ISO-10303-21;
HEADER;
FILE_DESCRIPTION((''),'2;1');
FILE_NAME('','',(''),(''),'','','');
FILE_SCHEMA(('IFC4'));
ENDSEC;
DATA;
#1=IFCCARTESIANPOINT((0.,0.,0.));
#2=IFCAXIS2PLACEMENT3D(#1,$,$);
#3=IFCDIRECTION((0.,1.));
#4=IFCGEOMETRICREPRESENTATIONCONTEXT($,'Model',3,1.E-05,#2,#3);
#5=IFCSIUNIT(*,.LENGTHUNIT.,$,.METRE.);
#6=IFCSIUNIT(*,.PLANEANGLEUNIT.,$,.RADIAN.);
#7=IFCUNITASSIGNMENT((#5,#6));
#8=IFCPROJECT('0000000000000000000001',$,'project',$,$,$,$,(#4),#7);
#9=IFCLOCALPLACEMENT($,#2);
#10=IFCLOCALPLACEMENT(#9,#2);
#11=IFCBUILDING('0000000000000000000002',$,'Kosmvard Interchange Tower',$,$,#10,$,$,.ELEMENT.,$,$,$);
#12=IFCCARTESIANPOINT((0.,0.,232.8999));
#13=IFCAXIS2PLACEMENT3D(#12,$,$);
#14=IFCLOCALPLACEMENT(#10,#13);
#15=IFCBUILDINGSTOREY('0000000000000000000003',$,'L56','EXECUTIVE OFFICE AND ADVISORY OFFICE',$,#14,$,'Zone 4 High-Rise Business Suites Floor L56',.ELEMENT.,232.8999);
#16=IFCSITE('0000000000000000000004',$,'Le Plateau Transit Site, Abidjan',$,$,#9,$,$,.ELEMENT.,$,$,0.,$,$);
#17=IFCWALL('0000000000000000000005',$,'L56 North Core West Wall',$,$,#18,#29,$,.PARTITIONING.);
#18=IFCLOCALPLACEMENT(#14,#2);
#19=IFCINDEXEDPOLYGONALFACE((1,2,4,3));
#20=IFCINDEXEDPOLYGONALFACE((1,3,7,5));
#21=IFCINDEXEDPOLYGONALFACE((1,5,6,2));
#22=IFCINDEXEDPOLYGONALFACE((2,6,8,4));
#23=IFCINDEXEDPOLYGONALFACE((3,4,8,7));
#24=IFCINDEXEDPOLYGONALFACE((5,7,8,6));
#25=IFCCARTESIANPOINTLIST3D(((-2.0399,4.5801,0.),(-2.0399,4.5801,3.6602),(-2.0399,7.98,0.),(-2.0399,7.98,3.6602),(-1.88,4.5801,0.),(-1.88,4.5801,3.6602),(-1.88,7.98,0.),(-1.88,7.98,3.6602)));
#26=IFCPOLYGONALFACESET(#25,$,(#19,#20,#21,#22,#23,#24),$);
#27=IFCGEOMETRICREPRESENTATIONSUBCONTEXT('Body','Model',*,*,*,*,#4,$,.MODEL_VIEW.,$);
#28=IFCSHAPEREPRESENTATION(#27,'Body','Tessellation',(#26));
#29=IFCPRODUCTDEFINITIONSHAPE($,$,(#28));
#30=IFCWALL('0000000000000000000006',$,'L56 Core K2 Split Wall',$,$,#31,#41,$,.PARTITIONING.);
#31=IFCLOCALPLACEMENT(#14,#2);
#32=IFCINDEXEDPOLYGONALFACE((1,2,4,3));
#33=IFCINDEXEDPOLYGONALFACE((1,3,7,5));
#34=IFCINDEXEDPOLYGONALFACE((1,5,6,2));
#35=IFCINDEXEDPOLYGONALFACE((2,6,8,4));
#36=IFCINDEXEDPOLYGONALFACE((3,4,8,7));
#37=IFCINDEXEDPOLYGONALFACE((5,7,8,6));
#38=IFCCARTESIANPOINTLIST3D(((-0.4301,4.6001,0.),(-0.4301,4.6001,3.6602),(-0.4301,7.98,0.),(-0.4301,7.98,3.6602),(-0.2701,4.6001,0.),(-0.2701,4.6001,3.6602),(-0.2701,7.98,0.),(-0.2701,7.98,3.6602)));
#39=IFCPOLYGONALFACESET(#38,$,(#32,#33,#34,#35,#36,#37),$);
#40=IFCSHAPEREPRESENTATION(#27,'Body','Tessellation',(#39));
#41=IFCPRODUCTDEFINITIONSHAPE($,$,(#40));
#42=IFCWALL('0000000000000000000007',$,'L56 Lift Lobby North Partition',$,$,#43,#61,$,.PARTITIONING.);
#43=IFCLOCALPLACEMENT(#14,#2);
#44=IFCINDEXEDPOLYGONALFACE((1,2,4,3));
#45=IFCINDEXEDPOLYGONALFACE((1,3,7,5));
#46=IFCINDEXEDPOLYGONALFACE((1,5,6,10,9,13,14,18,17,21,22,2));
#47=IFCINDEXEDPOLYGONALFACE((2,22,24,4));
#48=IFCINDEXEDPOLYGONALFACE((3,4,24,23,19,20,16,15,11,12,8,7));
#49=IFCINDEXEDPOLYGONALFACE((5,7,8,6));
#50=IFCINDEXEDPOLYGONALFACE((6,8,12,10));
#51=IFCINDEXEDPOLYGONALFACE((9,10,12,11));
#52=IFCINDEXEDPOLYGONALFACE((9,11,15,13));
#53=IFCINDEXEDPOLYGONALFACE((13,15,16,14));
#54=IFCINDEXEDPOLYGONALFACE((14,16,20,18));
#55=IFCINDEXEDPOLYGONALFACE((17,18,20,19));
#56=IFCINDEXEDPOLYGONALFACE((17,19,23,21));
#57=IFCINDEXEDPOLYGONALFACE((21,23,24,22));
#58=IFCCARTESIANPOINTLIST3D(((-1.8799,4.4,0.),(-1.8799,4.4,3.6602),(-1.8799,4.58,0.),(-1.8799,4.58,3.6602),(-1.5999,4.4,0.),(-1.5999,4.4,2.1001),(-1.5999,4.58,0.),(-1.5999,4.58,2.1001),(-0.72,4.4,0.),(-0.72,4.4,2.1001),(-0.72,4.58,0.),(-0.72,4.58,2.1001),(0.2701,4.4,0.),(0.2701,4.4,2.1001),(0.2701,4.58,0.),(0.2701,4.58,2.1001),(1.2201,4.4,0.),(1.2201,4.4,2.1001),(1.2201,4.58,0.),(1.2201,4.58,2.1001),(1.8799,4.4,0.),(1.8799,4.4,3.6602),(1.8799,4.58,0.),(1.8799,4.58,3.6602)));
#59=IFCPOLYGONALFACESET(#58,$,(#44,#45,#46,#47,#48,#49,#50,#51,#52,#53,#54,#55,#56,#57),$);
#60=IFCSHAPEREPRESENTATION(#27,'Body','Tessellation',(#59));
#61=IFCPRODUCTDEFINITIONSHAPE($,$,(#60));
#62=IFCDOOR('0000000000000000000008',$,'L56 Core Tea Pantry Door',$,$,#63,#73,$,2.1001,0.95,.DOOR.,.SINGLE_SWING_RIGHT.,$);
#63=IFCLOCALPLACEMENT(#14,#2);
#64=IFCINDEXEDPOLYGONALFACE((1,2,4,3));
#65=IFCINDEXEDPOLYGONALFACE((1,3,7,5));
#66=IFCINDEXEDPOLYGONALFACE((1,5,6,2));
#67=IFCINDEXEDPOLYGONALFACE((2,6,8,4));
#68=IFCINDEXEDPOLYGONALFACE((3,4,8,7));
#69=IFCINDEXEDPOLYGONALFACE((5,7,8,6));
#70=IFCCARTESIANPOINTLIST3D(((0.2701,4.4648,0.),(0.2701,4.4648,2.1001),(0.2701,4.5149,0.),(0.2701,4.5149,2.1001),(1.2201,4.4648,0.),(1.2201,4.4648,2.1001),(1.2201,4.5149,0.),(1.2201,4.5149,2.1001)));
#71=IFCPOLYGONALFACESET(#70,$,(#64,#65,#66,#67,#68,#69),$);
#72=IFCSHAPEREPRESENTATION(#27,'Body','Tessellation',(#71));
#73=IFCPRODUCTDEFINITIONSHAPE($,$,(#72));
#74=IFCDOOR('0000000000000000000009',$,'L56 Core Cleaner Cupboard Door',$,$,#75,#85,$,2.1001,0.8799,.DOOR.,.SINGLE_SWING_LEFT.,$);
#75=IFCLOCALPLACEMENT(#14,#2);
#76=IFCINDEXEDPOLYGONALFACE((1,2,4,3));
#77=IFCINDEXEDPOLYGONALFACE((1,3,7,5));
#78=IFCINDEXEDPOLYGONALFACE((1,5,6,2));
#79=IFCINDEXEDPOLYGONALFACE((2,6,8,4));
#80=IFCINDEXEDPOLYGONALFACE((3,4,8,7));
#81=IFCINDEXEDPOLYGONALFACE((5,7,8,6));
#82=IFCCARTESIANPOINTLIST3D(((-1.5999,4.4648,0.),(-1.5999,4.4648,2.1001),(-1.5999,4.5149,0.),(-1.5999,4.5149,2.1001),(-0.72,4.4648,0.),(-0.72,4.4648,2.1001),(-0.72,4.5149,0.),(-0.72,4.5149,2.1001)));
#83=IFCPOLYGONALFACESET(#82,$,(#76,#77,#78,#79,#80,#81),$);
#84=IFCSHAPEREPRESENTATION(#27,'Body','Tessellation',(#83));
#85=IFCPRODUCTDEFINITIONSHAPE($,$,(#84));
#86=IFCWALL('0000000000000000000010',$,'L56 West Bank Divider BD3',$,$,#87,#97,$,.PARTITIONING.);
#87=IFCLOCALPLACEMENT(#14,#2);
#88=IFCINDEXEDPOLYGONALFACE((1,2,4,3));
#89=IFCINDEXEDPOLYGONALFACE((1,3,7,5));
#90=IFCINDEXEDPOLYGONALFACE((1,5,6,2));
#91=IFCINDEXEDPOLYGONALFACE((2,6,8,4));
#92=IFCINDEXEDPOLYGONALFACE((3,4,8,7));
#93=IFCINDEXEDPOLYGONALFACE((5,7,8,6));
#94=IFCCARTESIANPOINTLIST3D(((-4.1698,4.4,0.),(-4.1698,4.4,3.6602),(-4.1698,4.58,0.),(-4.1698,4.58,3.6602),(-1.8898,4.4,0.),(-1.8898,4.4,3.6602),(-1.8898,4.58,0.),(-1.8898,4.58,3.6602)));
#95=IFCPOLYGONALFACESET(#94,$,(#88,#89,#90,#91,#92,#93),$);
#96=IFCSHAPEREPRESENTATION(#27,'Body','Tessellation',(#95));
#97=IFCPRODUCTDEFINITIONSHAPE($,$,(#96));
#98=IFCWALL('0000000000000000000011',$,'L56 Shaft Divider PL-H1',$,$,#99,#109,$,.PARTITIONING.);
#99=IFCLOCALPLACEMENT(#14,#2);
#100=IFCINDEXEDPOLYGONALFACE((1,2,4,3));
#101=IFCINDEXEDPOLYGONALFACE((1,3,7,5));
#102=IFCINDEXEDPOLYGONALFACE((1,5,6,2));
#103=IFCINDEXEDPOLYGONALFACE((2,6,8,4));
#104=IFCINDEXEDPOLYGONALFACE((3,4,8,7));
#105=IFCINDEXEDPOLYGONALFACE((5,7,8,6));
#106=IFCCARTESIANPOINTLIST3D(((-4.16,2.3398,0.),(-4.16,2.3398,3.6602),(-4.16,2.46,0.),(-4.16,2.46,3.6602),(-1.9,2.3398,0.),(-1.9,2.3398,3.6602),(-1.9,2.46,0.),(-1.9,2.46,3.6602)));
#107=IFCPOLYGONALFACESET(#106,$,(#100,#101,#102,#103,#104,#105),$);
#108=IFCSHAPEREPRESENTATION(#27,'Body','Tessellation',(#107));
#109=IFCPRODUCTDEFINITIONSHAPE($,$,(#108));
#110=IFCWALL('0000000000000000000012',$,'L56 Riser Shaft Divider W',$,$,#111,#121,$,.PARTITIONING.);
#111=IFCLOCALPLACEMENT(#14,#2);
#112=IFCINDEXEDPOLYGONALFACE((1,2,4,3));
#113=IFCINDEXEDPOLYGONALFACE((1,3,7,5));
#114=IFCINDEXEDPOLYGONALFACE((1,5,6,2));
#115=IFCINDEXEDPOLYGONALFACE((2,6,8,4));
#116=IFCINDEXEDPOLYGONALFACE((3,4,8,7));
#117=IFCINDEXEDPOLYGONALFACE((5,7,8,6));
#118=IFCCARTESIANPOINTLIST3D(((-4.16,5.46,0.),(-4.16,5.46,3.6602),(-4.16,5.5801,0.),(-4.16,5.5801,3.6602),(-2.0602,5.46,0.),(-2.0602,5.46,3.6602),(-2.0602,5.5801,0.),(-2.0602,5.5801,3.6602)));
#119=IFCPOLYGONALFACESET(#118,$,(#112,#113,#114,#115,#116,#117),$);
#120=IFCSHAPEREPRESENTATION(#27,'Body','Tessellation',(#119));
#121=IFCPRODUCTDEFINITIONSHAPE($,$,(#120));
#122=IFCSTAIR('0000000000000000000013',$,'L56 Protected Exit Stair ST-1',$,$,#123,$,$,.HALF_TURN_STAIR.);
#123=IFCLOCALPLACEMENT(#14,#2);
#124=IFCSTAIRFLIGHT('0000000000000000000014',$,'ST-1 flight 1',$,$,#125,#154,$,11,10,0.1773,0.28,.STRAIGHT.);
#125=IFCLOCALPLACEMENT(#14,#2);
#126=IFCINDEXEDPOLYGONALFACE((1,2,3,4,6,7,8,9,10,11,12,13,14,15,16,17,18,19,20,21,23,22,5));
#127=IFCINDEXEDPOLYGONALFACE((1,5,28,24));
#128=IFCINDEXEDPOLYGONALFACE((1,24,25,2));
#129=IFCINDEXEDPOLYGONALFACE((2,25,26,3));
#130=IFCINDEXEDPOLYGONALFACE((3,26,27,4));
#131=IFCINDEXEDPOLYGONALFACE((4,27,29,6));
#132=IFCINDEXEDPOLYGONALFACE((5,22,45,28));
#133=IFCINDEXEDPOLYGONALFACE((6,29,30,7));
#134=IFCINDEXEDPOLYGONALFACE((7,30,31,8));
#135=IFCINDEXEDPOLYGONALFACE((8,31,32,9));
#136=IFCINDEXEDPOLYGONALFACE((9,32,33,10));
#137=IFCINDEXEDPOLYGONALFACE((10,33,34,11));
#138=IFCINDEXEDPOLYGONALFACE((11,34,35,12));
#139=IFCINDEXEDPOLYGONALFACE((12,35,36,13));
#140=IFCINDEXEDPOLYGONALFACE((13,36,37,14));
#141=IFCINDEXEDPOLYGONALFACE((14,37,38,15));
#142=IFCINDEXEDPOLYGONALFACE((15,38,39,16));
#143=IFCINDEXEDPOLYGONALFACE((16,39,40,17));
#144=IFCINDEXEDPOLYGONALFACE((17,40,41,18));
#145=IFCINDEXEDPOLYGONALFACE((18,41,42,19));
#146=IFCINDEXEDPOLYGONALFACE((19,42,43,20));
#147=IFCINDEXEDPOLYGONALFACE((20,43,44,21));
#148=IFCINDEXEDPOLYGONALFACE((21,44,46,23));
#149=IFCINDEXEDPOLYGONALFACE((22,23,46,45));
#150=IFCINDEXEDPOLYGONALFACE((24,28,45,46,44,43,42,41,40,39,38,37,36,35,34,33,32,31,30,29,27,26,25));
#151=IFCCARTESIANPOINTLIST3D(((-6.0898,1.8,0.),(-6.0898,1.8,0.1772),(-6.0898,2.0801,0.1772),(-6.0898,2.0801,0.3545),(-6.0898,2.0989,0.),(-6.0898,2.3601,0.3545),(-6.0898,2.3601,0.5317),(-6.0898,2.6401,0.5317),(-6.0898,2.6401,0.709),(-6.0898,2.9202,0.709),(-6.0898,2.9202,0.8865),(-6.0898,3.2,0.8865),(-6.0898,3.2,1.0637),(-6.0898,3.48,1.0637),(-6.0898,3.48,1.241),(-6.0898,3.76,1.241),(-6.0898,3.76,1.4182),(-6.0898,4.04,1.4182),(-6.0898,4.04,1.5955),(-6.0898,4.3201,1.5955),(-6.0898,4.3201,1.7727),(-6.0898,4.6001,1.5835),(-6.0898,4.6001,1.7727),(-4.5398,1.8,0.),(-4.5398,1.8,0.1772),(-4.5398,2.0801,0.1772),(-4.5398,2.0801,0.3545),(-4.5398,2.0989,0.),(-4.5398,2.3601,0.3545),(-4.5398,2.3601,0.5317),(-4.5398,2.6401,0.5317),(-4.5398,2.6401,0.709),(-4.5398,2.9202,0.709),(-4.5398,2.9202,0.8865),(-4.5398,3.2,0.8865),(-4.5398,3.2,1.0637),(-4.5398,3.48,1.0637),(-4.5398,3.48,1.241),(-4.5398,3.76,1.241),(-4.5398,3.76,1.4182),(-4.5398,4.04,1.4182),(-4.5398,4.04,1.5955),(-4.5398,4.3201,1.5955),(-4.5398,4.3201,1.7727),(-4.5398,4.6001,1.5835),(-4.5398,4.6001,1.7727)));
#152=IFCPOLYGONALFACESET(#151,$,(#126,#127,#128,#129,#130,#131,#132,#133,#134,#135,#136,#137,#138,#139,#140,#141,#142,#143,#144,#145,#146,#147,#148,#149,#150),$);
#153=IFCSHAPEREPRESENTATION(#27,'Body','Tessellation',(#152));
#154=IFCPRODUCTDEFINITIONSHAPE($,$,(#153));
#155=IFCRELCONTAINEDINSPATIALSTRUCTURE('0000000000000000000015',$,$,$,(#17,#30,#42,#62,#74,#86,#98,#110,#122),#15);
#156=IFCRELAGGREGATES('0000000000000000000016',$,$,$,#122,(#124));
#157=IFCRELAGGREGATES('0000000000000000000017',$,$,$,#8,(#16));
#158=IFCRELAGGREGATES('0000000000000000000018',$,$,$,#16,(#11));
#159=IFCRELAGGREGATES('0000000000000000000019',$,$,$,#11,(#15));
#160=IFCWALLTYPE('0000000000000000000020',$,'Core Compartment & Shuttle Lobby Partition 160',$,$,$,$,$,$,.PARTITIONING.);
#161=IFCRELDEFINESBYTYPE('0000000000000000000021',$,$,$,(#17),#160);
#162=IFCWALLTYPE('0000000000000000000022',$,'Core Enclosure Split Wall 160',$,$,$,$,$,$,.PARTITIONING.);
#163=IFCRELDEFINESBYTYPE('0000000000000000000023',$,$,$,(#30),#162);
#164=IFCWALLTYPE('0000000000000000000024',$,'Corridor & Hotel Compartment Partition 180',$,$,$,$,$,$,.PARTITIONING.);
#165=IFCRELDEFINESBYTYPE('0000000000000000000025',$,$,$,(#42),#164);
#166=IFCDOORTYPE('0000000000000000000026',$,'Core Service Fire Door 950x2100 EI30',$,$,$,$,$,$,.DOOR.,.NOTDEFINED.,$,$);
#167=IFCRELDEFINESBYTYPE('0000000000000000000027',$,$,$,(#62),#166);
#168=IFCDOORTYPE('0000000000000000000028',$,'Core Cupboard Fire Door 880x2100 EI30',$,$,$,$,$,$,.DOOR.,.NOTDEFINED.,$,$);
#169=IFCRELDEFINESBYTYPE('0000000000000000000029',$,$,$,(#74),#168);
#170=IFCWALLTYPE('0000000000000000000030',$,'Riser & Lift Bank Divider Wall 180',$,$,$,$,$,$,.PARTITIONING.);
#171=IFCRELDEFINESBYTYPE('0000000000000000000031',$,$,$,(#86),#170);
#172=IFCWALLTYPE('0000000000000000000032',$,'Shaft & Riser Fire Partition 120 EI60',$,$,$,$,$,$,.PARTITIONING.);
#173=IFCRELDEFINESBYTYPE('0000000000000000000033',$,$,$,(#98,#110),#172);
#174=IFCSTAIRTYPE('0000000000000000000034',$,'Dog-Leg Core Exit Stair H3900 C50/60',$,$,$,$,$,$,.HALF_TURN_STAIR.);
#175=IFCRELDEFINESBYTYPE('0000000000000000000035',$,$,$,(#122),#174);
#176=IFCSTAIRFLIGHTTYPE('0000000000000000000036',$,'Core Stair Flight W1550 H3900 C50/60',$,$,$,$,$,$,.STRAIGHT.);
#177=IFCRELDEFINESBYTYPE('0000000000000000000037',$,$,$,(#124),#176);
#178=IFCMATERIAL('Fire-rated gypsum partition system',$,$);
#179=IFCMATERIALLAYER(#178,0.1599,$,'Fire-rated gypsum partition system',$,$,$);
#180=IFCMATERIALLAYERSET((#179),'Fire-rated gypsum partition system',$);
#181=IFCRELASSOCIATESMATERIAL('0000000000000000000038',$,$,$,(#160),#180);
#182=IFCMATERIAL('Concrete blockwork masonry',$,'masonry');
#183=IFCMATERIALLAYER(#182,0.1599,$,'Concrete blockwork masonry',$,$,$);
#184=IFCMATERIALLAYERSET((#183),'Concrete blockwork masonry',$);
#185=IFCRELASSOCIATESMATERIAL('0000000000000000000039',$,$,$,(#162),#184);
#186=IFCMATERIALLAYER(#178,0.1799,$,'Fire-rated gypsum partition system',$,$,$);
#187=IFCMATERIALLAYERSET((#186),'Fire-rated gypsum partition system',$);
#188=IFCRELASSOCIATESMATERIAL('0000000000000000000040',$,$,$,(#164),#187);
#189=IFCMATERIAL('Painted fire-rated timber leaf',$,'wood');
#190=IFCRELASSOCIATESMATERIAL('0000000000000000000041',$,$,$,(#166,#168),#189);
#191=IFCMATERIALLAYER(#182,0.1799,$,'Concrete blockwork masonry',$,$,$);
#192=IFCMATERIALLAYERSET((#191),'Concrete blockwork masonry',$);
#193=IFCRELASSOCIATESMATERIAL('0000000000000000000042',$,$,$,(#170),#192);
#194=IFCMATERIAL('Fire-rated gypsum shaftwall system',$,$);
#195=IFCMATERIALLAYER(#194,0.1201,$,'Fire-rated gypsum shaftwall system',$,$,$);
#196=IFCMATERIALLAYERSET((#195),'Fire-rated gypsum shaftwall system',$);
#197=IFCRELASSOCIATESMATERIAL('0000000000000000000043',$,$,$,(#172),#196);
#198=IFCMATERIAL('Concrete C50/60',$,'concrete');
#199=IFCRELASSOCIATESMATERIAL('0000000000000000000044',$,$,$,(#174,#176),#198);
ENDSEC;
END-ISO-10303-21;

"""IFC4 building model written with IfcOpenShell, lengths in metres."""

from ifc_helpers import new_model, si_unit, direction, frame, frame_2d, origin, place, context, subcontext, project, spatial, polyline, rectangle, outline, extrude, source, transform, mapped, material, layer, layer_set, type_object, element, fill, aggregate, save


model = new_model("IFC4")

# Units and contexts
model_context = context("Model", 3, precision=1e-05, world=origin(), true_north=direction((0.0, 1.0)))
body_context = subcontext(model_context, "Body", "Model", "MODEL_VIEW")
ifc_project = project(units=[si_unit("LENGTHUNIT", "METRE"), si_unit("PLANEANGLEUNIT", "RADIAN")], contexts=[model_context])

# Site, building, storey
site_placement = place(None, origin())
site = spatial("IfcSite", under=ifc_project, at=site_placement, Name="Le Plateau Transit Site, Abidjan", CompositionType="ELEMENT", RefElevation=0.0)
building_placement = place(site_placement, origin())
building = spatial("IfcBuilding", under=site, at=building_placement, Name="Kosmvard Interchange Tower", CompositionType="ELEMENT")
storey_placement = place(building_placement, frame((0.0, 0.0, 232.8999)))
storey = spatial("IfcBuildingStorey", under=building, at=storey_placement, Name="L56", Description="EXECUTIVE OFFICE AND ADVISORY OFFICE", LongName="Zone 4 High-Rise Business Suites Floor L56", CompositionType="ELEMENT", Elevation=232.8999)

# Walls
ifc_material_1 = material(Name="Fire-rated gypsum partition system")
ifc_layer_1 = layer(ifc_material_1, 0.1599, Name="Fire-rated gypsum partition system")
ifc_layer_set_1 = layer_set([ifc_layer_1], Name="Fire-rated gypsum partition system")
wall_type_1 = type_object("IfcWallType", Name="Core Compartment & Shuttle Lobby Partition 160", PredefinedType="PARTITIONING", material=ifc_layer_set_1)
wall_1_placement = place(storey_placement, frame((-1.96, 4.5801, 0.0), z_axis=(0.0, 0.0, 1.0), x_axis=(0.0, 1.0, 0.0)))
element("IfcWall", 1, at=wall_1_placement, inside=storey, type_object=wall_type_1, Name="L56 North Core West Wall", PredefinedType="PARTITIONING", context=body_context, shape_type="SweptSolid", body=[
    extrude(rectangle(XDim=3.3999, YDim=0.1599, at=frame_2d((1.7, 0.0))), origin(), (0.0, 0.0, 1.0), 3.6602),
])
ifc_material_2 = material(Name="Concrete blockwork masonry", Category="masonry")
ifc_layer_2 = layer(ifc_material_2, 0.1599, Name="Concrete blockwork masonry")
ifc_layer_set_2 = layer_set([ifc_layer_2], Name="Concrete blockwork masonry")
wall_type_2 = type_object("IfcWallType", Name="Core Enclosure Split Wall 160", PredefinedType="PARTITIONING", material=ifc_layer_set_2)
wall_2_placement = place(storey_placement, frame((-0.3501, 4.6001, 0.0), z_axis=(0.0, 0.0, 1.0), x_axis=(0.0, 1.0, 0.0)))
element("IfcWall", 2, at=wall_2_placement, inside=storey, type_object=wall_type_2, Name="L56 Core K2 Split Wall", PredefinedType="PARTITIONING", context=body_context, shape_type="SweptSolid", body=[
    extrude(rectangle(XDim=3.3799, YDim=0.1599, at=frame_2d((1.6899, 0.0))), origin(), (0.0, 0.0, 1.0), 3.6602),
])

# Wall, openings, doors
ifc_layer_3 = layer(ifc_material_1, 0.1799, Name="Fire-rated gypsum partition system")
ifc_layer_set_3 = layer_set([ifc_layer_3], Name="Fire-rated gypsum partition system")
wall_type_3 = type_object("IfcWallType", Name="Corridor & Hotel Compartment Partition 180", PredefinedType="PARTITIONING", material=ifc_layer_set_3)
wall_3_placement = place(storey_placement, frame((-1.8799, 4.49, 0.0), z_axis=(0.0, 0.0, 1.0), x_axis=(1.0, 0.0, 0.0)))
wall_3 = element("IfcWall", 3, at=wall_3_placement, inside=storey, type_object=wall_type_3, Name="L56 Lift Lobby North Partition", PredefinedType="PARTITIONING", context=body_context, shape_type="SweptSolid", body=[
    extrude(rectangle(XDim=3.7598, YDim=0.1799, at=frame_2d((1.8799, 0.0))), origin(), (0.0, 0.0, 1.0), 3.6602),
])
opening_1_placement = place(wall_3_placement, frame((0.28, 0.0, 0.0)))
opening_1 = element("IfcOpeningElement", 4, at=opening_1_placement, cuts=wall_3, PredefinedType="OPENING", context=body_context, shape_type="SweptSolid", body=[
    extrude(rectangle(XDim=0.8799, YDim=2.1001, at=frame_2d((0.4399, 1.05))), frame((0.0, 0.1001, 0.0), z_axis=(0.0, -1.0, 0.0), x_axis=(1.0, 0.0, 0.0)), (0.0, 0.0, 1.0), 0.2),
])
opening_2_placement = place(wall_3_placement, frame((2.1499, 0.0, 0.0)))
opening_2 = element("IfcOpeningElement", 5, at=opening_2_placement, cuts=wall_3, PredefinedType="OPENING", context=body_context, shape_type="SweptSolid", body=[
    extrude(rectangle(XDim=0.95, YDim=2.1001, at=frame_2d((0.4751, 1.05))), frame((0.0, 0.1001, 0.0), z_axis=(0.0, -1.0, 0.0), x_axis=(1.0, 0.0, 0.0)), (0.0, 0.0, 1.0), 0.2),
])
ifc_material_3 = material(Name="Painted fire-rated timber leaf", Category="wood")
door_type_1 = type_object("IfcDoorType", Name="Core Service Fire Door 950x2100 EI30", OperationType="NOTDEFINED", PredefinedType="DOOR", material=ifc_material_3)
shared_shape_1 = source(origin(), body_context, "Body", "SweptSolid", [
    extrude(rectangle(XDim=0.95, YDim=2.1001, at=frame_2d((0.4751, 1.05))), frame((0.0, 0.0249, 0.0), z_axis=(0.0, -1.0, 0.0), x_axis=(1.0, 0.0, 0.0)), (0.0, 0.0, 1.0), 0.05),
])
door_1_placement = place(opening_2_placement, origin())
door_1 = element("IfcDoor", 6, at=door_1_placement, inside=storey, type_object=door_type_1, Name="L56 Core Tea Pantry Door", OperationType="SINGLE_SWING_RIGHT", OverallHeight=2.1001, OverallWidth=0.95, PredefinedType="DOOR", context=body_context, shape_type="MappedRepresentation", body=[
    mapped(shared_shape_1, transform((0.0, 0.0, 0.0), scale=1.0)),
])
fill(opening_2, door_1)
door_type_2 = type_object("IfcDoorType", Name="Core Cupboard Fire Door 880x2100 EI30", OperationType="NOTDEFINED", PredefinedType="DOOR", material=ifc_material_3)
shared_shape_2 = source(origin(), body_context, "Body", "SweptSolid", [
    extrude(rectangle(XDim=0.8799, YDim=2.1001, at=frame_2d((0.4399, 1.05))), frame((0.0, 0.0249, 0.0), z_axis=(0.0, -1.0, 0.0), x_axis=(1.0, 0.0, 0.0)), (0.0, 0.0, 1.0), 0.05),
])
door_2_placement = place(opening_1_placement, origin())
door_2 = element("IfcDoor", 7, at=door_2_placement, inside=storey, type_object=door_type_2, Name="L56 Core Cleaner Cupboard Door", OperationType="SINGLE_SWING_LEFT", OverallHeight=2.1001, OverallWidth=0.8799, PredefinedType="DOOR", context=body_context, shape_type="MappedRepresentation", body=[
    mapped(shared_shape_2, transform((0.0, 0.0, 0.0), scale=1.0)),
])
fill(opening_1, door_2)

# Walls
ifc_layer_4 = layer(ifc_material_2, 0.1799, Name="Concrete blockwork masonry")
ifc_layer_set_4 = layer_set([ifc_layer_4], Name="Concrete blockwork masonry")
wall_type_4 = type_object("IfcWallType", Name="Riser & Lift Bank Divider Wall 180", PredefinedType="PARTITIONING", material=ifc_layer_set_4)
wall_4_placement = place(storey_placement, frame((-4.1699, 4.49, 0.0), z_axis=(0.0, 0.0, 1.0), x_axis=(1.0, 0.0, 0.0)))
element("IfcWall", 8, at=wall_4_placement, inside=storey, type_object=wall_type_4, Name="L56 West Bank Divider BD3", PredefinedType="PARTITIONING", context=body_context, shape_type="SweptSolid", body=[
    extrude(rectangle(XDim=2.28, YDim=0.1799, at=frame_2d((1.1401, 0.0))), origin(), (0.0, 0.0, 1.0), 3.6602),
])
ifc_material_4 = material(Name="Fire-rated gypsum shaftwall system")
ifc_layer_5 = layer(ifc_material_4, 0.1201, Name="Fire-rated gypsum shaftwall system")
ifc_layer_set_5 = layer_set([ifc_layer_5], Name="Fire-rated gypsum shaftwall system")
wall_type_5 = type_object("IfcWallType", Name="Shaft & Riser Fire Partition 120 EI60", PredefinedType="PARTITIONING", material=ifc_layer_set_5)
wall_5_placement = place(storey_placement, frame((-4.1599, 2.3999, 0.0), z_axis=(0.0, 0.0, 1.0), x_axis=(1.0, 0.0, 0.0)))
element("IfcWall", 9, at=wall_5_placement, inside=storey, type_object=wall_type_5, Name="L56 Shaft Divider PL-H1", PredefinedType="PARTITIONING", context=body_context, shape_type="SweptSolid", body=[
    extrude(rectangle(XDim=2.26, YDim=0.1201, at=frame_2d((1.1299, 0.0))), origin(), (0.0, 0.0, 1.0), 3.6602),
])
wall_6_placement = place(storey_placement, frame((-4.1599, 5.52, 0.0), z_axis=(0.0, 0.0, 1.0), x_axis=(1.0, 0.0, 0.0)))
element("IfcWall", 10, at=wall_6_placement, inside=storey, type_object=wall_type_5, Name="L56 Riser Shaft Divider W", PredefinedType="PARTITIONING", context=body_context, shape_type="SweptSolid", body=[
    extrude(rectangle(XDim=2.0999, YDim=0.1201, at=frame_2d((1.0498, 0.0))), origin(), (0.0, 0.0, 1.0), 3.6602),
])

# Stair, stair flight
ifc_material_5 = material(Name="Concrete C50/60", Category="concrete")
stair_type = type_object("IfcStairType", Name="Dog-Leg Core Exit Stair H3900 C50/60", PredefinedType="HALF_TURN_STAIR", material=ifc_material_5)
stair_placement = place(storey_placement, origin())
stair = element("IfcStair", 11, at=stair_placement, inside=storey, type_object=stair_type, Name="L56 Protected Exit Stair ST-1", PredefinedType="HALF_TURN_STAIR")
stair_flight_type = type_object("IfcStairFlightType", Name="Core Stair Flight W1550 H3900 C50/60", PredefinedType="STRAIGHT", material=ifc_material_5)
shared_shape_3 = source(origin(), body_context, "Body", "SweptSolid", [
    extrude(outline(polyline([(0.0, 0.0), (0.0, 0.1772), (0.28, 0.1772), (0.28, 0.3545), (0.5601, 0.3545), (0.5601, 0.5317), (0.8401, 0.5317), (0.8401, 0.709), (1.1201, 0.709), (1.1201, 0.8865), (1.3999, 0.8865), (1.3999, 1.0637), (1.6799, 1.0637), (1.6799, 1.241), (1.96, 1.241), (1.96, 1.4182), (2.24, 1.4182), (2.24, 1.5955), (2.52, 1.5955), (2.52, 1.7727), (2.8, 1.7727), (2.8, 1.95), (2.8, 1.5835), (0.2988, 0.0), (0.0, 0.0)])), frame((0.0, 0.7749, 0.0), z_axis=(0.0, -1.0, 0.0), x_axis=(1.0, 0.0, 0.0)), (0.0, 0.0, 1.0), 1.55),
])
stair_flight_1_placement = place(storey_placement, frame((-5.3149, 1.8, 0.0), z_axis=(0.0, 0.0, 1.0), x_axis=(0.0, 1.0, 0.0)))
stair_flight_1 = element("IfcStairFlight", 12, at=stair_flight_1_placement, type_object=stair_flight_type, Name="ST-1 flight 1", NumberOfRisers=11, NumberOfTreads=10, PredefinedType="STRAIGHT", RiserHeight=0.1773, TreadLength=0.28, context=body_context, shape_type="MappedRepresentation", body=[
    mapped(shared_shape_3, transform((0.0, 0.0, 0.0), scale=1.0)),
])
aggregate(stair, [stair_flight_1])

save(model, "model.ifc")
